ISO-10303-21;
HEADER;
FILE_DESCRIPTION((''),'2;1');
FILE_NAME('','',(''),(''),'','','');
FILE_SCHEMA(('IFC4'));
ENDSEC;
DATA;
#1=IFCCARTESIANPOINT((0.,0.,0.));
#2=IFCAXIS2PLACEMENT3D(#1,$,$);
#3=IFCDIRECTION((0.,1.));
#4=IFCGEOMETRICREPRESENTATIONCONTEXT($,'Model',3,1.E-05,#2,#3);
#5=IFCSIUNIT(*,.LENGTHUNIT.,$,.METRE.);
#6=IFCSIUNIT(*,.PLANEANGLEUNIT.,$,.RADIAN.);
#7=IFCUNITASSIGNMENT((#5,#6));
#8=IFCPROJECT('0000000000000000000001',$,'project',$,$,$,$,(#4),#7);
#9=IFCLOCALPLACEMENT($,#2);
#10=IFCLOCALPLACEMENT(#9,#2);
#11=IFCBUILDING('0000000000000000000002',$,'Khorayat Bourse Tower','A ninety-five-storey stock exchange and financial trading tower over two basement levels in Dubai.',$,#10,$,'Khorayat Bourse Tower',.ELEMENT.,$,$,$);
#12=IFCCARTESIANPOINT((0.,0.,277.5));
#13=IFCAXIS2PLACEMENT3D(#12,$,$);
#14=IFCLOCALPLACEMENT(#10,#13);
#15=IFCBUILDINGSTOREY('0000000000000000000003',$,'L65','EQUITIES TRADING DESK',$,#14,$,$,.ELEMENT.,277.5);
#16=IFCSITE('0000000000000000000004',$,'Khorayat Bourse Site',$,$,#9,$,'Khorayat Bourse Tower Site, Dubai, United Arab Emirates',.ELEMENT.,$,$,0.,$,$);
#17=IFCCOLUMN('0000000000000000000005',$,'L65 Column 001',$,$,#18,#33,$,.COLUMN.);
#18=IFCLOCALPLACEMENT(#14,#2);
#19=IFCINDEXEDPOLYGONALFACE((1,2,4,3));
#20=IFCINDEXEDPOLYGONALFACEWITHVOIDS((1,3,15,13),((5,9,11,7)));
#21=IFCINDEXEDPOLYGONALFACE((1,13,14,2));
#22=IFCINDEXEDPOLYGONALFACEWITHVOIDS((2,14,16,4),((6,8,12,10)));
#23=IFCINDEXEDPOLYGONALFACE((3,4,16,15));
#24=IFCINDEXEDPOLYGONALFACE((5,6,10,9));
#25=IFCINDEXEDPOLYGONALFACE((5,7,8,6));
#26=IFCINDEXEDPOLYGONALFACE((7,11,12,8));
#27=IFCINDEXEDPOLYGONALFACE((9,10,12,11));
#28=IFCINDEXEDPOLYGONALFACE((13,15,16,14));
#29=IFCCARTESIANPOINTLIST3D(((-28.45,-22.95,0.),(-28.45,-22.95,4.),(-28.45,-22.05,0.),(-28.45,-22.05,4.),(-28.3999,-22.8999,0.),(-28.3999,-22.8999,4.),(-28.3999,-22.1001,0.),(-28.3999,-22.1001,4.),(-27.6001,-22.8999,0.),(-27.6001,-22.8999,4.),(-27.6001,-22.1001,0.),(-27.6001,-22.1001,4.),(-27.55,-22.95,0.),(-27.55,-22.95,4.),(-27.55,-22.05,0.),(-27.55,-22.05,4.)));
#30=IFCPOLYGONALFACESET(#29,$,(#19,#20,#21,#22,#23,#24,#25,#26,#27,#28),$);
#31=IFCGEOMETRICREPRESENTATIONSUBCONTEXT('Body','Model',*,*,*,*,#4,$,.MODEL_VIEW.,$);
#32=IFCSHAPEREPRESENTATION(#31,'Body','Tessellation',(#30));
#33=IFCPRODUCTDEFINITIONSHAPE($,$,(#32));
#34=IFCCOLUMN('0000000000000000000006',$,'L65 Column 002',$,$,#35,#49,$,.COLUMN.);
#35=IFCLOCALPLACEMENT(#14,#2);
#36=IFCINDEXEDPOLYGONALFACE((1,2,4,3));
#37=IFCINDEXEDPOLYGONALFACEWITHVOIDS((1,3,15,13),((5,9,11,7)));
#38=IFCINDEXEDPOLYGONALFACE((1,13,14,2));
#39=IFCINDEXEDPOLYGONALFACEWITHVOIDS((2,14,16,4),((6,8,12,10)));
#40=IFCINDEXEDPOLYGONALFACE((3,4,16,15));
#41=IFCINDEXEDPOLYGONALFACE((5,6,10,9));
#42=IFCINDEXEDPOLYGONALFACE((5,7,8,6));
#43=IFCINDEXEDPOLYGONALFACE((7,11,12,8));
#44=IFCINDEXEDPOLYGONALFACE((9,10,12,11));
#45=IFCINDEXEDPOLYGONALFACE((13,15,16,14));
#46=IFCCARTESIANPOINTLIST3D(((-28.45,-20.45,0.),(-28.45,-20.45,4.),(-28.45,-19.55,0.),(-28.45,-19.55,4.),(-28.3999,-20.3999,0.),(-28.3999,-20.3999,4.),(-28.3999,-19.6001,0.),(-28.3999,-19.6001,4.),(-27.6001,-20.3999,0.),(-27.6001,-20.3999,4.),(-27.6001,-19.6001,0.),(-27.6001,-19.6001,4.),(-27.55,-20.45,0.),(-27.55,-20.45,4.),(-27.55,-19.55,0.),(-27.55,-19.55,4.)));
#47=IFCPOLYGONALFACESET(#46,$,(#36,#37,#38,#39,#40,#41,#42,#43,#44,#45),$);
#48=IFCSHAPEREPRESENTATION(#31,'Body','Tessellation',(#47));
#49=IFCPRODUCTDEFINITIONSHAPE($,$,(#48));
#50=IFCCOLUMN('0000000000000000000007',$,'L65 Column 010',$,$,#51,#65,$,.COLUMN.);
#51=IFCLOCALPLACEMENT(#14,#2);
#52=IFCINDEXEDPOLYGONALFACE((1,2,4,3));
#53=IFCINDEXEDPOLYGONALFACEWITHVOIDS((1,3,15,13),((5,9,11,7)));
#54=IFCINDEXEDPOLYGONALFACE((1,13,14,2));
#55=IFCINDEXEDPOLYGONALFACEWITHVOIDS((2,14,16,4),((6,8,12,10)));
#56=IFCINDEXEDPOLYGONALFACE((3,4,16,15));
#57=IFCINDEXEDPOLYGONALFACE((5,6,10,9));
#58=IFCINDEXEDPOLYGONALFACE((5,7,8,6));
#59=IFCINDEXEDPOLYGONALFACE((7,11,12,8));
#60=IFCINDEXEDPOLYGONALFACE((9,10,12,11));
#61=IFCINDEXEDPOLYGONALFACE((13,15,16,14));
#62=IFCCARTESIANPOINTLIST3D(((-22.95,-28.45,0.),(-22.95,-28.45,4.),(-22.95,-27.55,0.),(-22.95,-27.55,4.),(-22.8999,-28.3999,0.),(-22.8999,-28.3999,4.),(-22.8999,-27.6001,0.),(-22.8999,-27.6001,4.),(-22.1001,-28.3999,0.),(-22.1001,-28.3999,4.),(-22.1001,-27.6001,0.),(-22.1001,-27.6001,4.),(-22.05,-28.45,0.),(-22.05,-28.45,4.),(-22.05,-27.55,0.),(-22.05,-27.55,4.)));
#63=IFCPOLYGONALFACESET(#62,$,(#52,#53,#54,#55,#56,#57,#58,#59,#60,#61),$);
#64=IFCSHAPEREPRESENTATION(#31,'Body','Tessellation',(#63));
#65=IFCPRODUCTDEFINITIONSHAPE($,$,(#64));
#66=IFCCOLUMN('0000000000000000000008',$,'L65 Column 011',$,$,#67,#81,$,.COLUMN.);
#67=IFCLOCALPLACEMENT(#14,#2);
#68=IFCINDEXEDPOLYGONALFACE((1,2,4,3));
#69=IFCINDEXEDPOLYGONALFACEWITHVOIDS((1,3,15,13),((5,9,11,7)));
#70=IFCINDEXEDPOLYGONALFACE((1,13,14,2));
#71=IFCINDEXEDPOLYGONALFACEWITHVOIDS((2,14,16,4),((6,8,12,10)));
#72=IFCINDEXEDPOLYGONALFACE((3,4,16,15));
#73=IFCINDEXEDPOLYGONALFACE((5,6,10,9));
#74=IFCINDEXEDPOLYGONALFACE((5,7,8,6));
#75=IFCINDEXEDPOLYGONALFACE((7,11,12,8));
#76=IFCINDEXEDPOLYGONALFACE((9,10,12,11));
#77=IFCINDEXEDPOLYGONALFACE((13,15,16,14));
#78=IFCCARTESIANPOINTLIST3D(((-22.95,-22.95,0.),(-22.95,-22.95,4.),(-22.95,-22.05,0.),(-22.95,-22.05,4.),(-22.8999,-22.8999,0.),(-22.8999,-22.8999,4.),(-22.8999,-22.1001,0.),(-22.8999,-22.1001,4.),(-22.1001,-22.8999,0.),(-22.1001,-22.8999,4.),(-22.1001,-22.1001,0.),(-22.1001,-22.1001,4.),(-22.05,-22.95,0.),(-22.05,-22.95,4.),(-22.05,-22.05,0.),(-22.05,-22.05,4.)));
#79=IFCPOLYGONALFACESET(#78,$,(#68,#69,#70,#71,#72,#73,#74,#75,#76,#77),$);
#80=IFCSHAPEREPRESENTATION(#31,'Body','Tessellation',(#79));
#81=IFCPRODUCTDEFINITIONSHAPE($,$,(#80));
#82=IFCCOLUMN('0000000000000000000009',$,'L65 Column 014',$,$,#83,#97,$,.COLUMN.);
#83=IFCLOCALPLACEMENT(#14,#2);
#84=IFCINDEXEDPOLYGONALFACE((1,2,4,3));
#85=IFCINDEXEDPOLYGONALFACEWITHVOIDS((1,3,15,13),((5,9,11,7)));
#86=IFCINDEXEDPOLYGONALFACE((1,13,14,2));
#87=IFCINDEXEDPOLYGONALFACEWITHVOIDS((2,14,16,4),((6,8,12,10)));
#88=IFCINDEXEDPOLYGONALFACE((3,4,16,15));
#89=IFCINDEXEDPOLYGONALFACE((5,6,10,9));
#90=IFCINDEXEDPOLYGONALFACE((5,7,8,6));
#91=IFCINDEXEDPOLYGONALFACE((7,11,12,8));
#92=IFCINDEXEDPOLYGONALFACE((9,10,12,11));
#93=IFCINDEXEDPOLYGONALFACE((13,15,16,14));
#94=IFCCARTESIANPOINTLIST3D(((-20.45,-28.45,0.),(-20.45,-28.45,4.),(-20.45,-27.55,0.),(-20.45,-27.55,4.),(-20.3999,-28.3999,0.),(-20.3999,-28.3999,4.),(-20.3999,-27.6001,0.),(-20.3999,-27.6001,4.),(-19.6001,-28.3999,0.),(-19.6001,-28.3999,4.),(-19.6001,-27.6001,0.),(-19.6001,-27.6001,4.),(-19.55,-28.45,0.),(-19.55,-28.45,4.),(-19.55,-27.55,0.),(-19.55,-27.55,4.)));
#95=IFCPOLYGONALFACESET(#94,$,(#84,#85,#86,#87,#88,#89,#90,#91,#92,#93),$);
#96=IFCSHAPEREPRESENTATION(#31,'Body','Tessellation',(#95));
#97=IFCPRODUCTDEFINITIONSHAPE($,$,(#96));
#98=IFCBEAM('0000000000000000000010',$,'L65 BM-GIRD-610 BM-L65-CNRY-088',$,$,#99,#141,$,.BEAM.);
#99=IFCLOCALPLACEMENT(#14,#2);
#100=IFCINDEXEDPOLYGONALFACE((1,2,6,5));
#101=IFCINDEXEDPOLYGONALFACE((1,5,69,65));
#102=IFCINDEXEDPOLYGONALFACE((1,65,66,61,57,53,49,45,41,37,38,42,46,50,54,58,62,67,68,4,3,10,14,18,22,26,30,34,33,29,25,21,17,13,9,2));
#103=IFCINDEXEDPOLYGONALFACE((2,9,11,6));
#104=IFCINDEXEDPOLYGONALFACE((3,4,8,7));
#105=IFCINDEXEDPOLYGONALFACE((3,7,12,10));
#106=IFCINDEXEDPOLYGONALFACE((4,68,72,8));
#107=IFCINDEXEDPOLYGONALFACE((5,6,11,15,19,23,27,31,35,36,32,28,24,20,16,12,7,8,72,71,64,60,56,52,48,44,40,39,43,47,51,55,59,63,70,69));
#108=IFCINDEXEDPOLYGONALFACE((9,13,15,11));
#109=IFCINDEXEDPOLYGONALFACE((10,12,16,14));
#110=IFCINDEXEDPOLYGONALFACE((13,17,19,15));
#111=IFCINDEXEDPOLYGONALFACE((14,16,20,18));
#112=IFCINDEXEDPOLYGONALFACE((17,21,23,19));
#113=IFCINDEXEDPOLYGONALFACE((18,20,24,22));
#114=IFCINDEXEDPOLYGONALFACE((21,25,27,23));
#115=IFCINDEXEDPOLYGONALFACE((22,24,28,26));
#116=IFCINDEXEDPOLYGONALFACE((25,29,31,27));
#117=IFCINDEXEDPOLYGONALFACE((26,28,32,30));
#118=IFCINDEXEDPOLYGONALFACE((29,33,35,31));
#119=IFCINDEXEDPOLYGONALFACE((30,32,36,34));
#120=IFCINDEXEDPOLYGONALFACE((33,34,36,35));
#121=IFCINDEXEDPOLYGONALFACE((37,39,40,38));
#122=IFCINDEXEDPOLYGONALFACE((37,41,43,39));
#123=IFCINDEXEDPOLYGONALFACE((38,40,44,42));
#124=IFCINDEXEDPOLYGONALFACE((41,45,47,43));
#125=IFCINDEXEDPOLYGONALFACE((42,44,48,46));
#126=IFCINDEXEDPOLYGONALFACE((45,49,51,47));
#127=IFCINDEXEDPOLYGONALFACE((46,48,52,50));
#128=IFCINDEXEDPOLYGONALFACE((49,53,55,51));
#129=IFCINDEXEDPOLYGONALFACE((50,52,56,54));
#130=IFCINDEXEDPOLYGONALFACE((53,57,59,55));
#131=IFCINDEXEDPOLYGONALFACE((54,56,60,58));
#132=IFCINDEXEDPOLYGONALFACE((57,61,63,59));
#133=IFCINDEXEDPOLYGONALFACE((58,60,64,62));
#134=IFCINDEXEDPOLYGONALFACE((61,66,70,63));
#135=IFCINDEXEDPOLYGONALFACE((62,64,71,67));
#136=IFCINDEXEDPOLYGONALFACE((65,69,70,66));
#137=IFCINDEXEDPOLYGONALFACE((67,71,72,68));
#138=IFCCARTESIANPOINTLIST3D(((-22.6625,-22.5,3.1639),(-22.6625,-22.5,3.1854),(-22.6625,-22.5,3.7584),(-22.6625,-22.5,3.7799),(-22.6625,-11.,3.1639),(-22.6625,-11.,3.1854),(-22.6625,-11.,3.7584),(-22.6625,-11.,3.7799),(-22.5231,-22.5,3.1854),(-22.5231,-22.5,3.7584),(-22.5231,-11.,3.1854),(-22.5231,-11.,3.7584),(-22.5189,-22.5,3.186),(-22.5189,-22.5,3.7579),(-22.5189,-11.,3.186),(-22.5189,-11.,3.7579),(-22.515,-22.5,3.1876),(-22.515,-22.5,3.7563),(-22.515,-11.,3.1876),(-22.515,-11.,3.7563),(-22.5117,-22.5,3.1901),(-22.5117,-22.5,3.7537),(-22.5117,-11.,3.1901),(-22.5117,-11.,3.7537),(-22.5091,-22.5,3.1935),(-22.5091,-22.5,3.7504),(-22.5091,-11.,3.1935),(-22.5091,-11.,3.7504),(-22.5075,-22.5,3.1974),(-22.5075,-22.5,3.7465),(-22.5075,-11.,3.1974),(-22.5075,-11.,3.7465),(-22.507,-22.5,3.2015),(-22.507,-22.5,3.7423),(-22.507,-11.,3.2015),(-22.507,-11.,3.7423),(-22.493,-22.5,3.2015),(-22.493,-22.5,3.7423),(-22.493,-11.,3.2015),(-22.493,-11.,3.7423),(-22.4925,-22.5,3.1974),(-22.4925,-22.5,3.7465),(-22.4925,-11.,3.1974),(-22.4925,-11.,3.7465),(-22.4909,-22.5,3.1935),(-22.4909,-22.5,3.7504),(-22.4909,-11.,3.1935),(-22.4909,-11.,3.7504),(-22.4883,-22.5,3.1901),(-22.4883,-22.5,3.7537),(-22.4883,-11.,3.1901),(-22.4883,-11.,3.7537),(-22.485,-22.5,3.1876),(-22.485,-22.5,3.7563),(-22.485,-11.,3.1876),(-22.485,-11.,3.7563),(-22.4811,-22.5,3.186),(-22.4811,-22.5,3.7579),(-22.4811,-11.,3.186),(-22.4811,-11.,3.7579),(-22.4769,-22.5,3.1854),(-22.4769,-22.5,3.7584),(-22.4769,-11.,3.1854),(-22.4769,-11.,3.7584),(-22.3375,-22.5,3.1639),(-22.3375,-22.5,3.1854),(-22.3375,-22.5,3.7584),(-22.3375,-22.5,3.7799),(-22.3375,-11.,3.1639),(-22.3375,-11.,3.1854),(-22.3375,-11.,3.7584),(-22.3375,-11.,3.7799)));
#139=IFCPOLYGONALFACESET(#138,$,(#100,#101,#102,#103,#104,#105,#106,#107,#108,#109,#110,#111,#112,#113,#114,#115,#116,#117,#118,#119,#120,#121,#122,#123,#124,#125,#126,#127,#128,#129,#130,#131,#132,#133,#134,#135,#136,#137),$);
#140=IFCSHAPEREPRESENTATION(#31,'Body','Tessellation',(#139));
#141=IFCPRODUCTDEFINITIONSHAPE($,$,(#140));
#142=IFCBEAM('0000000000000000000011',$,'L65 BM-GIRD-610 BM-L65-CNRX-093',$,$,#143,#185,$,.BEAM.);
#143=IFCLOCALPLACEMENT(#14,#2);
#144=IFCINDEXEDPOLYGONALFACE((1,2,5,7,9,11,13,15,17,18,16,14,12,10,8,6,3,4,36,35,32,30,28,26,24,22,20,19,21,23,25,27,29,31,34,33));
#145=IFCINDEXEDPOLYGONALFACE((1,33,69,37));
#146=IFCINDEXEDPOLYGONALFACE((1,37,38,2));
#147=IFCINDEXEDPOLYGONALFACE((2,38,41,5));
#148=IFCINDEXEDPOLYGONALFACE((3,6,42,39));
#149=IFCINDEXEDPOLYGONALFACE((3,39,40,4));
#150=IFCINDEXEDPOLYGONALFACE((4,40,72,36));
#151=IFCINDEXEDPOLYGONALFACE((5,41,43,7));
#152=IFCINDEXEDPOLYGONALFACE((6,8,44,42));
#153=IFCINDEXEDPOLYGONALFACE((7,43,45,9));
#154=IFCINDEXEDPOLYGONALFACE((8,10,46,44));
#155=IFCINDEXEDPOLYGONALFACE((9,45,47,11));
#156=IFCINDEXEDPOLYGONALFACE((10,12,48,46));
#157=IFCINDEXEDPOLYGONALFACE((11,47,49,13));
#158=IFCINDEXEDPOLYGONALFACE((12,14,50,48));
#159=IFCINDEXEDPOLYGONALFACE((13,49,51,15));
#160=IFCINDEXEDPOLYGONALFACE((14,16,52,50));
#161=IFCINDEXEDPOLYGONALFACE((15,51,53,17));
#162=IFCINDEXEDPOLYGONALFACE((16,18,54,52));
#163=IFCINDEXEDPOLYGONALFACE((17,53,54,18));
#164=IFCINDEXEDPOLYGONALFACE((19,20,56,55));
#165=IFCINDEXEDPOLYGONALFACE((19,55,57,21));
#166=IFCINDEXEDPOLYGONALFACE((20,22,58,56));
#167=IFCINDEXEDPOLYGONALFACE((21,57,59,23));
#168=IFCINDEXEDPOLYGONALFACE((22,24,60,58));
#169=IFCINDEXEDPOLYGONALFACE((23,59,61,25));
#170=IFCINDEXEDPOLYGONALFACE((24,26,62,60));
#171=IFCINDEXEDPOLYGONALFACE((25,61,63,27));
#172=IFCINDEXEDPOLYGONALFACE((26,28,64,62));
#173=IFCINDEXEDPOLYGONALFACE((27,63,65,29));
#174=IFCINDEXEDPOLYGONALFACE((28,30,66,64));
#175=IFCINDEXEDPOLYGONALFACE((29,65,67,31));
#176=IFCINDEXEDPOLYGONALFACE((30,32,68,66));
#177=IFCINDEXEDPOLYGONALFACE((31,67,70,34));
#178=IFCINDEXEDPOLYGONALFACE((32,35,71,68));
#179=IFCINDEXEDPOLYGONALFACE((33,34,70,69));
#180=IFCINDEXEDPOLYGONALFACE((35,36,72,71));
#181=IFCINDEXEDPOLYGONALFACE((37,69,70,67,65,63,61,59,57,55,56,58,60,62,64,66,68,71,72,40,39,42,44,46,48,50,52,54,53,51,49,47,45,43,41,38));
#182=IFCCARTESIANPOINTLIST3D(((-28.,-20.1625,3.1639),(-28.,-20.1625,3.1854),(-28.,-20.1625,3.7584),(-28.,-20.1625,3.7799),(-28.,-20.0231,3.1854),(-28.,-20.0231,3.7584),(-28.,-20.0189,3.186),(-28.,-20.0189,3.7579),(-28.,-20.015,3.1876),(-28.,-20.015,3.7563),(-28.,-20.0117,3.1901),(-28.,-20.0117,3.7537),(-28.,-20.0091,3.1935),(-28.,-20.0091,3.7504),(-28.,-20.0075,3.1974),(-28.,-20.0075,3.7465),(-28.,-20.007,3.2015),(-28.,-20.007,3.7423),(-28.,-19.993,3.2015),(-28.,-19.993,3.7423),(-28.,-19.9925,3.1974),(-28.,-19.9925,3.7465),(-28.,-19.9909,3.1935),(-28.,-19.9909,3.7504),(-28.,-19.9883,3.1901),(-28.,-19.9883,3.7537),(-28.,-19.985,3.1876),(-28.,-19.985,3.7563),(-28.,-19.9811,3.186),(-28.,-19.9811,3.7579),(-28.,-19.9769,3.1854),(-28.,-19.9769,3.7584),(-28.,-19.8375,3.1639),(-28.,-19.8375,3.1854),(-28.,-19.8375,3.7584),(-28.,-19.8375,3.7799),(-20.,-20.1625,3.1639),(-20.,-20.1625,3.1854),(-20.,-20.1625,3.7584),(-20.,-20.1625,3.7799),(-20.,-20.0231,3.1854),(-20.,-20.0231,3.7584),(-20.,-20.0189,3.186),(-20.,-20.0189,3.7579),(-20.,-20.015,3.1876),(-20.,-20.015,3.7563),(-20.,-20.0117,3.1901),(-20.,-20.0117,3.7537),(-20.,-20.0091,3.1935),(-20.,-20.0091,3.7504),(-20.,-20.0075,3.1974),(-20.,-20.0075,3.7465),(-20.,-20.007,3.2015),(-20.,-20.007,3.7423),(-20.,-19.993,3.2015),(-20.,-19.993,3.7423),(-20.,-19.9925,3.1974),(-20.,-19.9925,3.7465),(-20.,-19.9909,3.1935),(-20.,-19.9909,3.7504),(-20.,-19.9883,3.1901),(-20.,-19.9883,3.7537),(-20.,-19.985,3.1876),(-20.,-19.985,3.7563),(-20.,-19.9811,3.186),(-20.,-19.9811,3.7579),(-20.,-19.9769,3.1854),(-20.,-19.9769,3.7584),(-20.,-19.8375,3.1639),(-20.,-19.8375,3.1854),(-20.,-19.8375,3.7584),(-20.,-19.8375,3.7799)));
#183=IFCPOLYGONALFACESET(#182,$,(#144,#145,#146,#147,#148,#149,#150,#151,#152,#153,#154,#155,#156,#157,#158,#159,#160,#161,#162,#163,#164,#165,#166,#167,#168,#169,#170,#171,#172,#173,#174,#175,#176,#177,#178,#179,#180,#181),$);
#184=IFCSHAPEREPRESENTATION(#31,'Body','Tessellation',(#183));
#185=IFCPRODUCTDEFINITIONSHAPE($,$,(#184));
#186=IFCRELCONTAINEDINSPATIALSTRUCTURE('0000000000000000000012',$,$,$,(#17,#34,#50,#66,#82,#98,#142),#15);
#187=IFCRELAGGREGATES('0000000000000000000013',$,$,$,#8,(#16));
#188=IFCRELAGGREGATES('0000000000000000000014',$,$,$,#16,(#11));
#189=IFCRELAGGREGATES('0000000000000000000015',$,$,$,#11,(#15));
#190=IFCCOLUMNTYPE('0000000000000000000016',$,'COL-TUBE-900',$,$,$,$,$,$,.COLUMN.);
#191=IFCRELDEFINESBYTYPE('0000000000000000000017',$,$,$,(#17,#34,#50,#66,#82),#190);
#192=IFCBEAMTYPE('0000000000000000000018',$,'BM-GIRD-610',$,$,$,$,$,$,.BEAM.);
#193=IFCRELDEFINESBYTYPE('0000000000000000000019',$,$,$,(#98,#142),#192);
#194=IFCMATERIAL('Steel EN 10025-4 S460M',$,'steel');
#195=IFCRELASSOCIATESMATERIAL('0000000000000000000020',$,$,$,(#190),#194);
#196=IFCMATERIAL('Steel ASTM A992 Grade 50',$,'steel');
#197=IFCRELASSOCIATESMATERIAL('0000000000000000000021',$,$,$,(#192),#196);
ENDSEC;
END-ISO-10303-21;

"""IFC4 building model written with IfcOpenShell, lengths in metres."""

from ifc_helpers import new_model, si_unit, direction, frame, origin, origin_2d, place, context, subcontext, project, spatial, hollow_rectangle, i_section, extrude, source, transform, mapped, material, material_profile, profile_set, type_object, element, save


model = new_model("IFC4")

# Units and contexts
model_context = context("Model", 3, precision=1e-05, world=origin(), true_north=direction((0.0, 1.0)))
body_context = subcontext(model_context, "Body", "Model", "MODEL_VIEW")
ifc_project = project(units=[si_unit("LENGTHUNIT", "METRE"), si_unit("PLANEANGLEUNIT", "RADIAN")], contexts=[model_context])

# Site, building, storey
site_placement = place(None, origin())
site = spatial("IfcSite", under=ifc_project, at=site_placement, Name="Khorayat Bourse Site", LongName="Khorayat Bourse Tower Site, Dubai, United Arab Emirates", CompositionType="ELEMENT", RefElevation=0.0)
building_placement = place(site_placement, origin())
building = spatial("IfcBuilding", under=site, at=building_placement, Name="Khorayat Bourse Tower", Description="A ninety-five-storey stock exchange and financial trading tower over two basement levels in Dubai.", LongName="Khorayat Bourse Tower", CompositionType="ELEMENT")
storey_placement = place(building_placement, frame((0.0, 0.0, 277.5)))
storey = spatial("IfcBuildingStorey", under=building, at=storey_placement, Name="L65", Description="EQUITIES TRADING DESK", CompositionType="ELEMENT", Elevation=277.5)

# Columns
ifc_material_1 = material(Name="Steel EN 10025-4 S460M", Category="steel")
ifc_material_profile_1 = material_profile(ifc_material_1, hollow_rectangle(XDim=0.8999, YDim=0.8999, WallThickness=0.05, at=origin_2d()), Name="BOX 900x900x50")
ifc_profile_set_1 = profile_set([ifc_material_profile_1], Name="Steel EN 10025-4 S460M")
column_type = type_object("IfcColumnType", Name="COL-TUBE-900", PredefinedType="COLUMN", material=ifc_profile_set_1)
shared_shape_1 = source(origin(), body_context, "Body", "SweptSolid", [
    extrude(hollow_rectangle(XDim=0.8999, YDim=0.8999, WallThickness=0.05, at=origin_2d()), origin(), (0.0, 0.0, 1.0), 4.0),
])
for number, where, z_axis, x_axis, name in (
    (1, (-28.0, -22.5, 0.0), (0.0, 0.0, 1.0), (1.0, 0.0, 0.0), "L65 Column 001"),
    (2, (-28.0, -20.0, 0.0), (0.0, 0.0, 1.0), (1.0, 0.0, 0.0), "L65 Column 002"),
    (3, (-22.5, -28.0, 0.0), (0.0, 0.0, 1.0), (1.0, 0.0, 0.0), "L65 Column 010"),
    (4, (-22.5, -22.5, 0.0), (0.0, 0.0, 1.0), (1.0, 0.0, 0.0), "L65 Column 011"),
    (5, (-20.0, -28.0, 0.0), (0.0, 0.0, 1.0), (1.0, 0.0, 0.0), "L65 Column 014"),
):
    element("IfcColumn", number, at=place(storey_placement, frame(where, z_axis=z_axis, x_axis=x_axis)), inside=storey, type_object=column_type, Name=name, PredefinedType="COLUMN", context=body_context, shape_type="MappedRepresentation", body=[
        mapped(shared_shape_1, transform((0.0, 0.0, 0.0), scale=1.0)),
    ])

# Beams
ifc_material_2 = material(Name="Steel ASTM A992 Grade 50", Category="steel")
ifc_material_profile_2 = material_profile(ifc_material_2, i_section(OverallWidth=0.325, OverallDepth=0.616, WebThickness=0.0139, FlangeThickness=0.0215, FilletRadius=0.0161, at=origin_2d()), Name="W610X174")
ifc_profile_set_2 = profile_set([ifc_material_profile_2], Name="Steel ASTM A992 Grade 50")
beam_type_1 = type_object("IfcBeamType", Name="BM-GIRD-610", PredefinedType="BEAM", material=ifc_profile_set_2)
shared_shape_2 = source(origin(), body_context, "Body", "SweptSolid", [
    extrude(i_section(OverallWidth=0.325, OverallDepth=0.616, WebThickness=0.0139, FlangeThickness=0.0215, FilletRadius=0.0161, at=origin_2d()), origin(), (0.0, 0.0, 1.0), 11.5),
])
beam_1_placement = place(storey_placement, frame((-22.5, -22.5, 3.4719), z_axis=(0.0, 1.0, 0.0), x_axis=(-1.0, 0.0, 0.0)))
element("IfcBeam", 6, at=beam_1_placement, inside=storey, type_object=beam_type_1, Name="L65 BM-GIRD-610 BM-L65-CNRY-088", PredefinedType="BEAM", context=body_context, shape_type="MappedRepresentation", body=[
    mapped(shared_shape_2, transform((0.0, 0.0, 0.0), scale=1.0)),
])
shared_shape_3 = source(origin(), body_context, "Body", "SweptSolid", [
    extrude(i_section(OverallWidth=0.325, OverallDepth=0.616, WebThickness=0.0139, FlangeThickness=0.0215, FilletRadius=0.0161, at=origin_2d()), origin(), (0.0, 0.0, 1.0), 8.0),
])
beam_2_placement = place(storey_placement, frame((-28.0, -20.0, 3.4719), z_axis=(1.0, 0.0, 0.0), x_axis=(0.0, 1.0, 0.0)))
element("IfcBeam", 7, at=beam_2_placement, inside=storey, type_object=beam_type_1, Name="L65 BM-GIRD-610 BM-L65-CNRX-093", PredefinedType="BEAM", context=body_context, shape_type="MappedRepresentation", body=[
    mapped(shared_shape_3, transform((0.0, 0.0, 0.0), scale=1.0)),
])

save(model, "model.ifc")
